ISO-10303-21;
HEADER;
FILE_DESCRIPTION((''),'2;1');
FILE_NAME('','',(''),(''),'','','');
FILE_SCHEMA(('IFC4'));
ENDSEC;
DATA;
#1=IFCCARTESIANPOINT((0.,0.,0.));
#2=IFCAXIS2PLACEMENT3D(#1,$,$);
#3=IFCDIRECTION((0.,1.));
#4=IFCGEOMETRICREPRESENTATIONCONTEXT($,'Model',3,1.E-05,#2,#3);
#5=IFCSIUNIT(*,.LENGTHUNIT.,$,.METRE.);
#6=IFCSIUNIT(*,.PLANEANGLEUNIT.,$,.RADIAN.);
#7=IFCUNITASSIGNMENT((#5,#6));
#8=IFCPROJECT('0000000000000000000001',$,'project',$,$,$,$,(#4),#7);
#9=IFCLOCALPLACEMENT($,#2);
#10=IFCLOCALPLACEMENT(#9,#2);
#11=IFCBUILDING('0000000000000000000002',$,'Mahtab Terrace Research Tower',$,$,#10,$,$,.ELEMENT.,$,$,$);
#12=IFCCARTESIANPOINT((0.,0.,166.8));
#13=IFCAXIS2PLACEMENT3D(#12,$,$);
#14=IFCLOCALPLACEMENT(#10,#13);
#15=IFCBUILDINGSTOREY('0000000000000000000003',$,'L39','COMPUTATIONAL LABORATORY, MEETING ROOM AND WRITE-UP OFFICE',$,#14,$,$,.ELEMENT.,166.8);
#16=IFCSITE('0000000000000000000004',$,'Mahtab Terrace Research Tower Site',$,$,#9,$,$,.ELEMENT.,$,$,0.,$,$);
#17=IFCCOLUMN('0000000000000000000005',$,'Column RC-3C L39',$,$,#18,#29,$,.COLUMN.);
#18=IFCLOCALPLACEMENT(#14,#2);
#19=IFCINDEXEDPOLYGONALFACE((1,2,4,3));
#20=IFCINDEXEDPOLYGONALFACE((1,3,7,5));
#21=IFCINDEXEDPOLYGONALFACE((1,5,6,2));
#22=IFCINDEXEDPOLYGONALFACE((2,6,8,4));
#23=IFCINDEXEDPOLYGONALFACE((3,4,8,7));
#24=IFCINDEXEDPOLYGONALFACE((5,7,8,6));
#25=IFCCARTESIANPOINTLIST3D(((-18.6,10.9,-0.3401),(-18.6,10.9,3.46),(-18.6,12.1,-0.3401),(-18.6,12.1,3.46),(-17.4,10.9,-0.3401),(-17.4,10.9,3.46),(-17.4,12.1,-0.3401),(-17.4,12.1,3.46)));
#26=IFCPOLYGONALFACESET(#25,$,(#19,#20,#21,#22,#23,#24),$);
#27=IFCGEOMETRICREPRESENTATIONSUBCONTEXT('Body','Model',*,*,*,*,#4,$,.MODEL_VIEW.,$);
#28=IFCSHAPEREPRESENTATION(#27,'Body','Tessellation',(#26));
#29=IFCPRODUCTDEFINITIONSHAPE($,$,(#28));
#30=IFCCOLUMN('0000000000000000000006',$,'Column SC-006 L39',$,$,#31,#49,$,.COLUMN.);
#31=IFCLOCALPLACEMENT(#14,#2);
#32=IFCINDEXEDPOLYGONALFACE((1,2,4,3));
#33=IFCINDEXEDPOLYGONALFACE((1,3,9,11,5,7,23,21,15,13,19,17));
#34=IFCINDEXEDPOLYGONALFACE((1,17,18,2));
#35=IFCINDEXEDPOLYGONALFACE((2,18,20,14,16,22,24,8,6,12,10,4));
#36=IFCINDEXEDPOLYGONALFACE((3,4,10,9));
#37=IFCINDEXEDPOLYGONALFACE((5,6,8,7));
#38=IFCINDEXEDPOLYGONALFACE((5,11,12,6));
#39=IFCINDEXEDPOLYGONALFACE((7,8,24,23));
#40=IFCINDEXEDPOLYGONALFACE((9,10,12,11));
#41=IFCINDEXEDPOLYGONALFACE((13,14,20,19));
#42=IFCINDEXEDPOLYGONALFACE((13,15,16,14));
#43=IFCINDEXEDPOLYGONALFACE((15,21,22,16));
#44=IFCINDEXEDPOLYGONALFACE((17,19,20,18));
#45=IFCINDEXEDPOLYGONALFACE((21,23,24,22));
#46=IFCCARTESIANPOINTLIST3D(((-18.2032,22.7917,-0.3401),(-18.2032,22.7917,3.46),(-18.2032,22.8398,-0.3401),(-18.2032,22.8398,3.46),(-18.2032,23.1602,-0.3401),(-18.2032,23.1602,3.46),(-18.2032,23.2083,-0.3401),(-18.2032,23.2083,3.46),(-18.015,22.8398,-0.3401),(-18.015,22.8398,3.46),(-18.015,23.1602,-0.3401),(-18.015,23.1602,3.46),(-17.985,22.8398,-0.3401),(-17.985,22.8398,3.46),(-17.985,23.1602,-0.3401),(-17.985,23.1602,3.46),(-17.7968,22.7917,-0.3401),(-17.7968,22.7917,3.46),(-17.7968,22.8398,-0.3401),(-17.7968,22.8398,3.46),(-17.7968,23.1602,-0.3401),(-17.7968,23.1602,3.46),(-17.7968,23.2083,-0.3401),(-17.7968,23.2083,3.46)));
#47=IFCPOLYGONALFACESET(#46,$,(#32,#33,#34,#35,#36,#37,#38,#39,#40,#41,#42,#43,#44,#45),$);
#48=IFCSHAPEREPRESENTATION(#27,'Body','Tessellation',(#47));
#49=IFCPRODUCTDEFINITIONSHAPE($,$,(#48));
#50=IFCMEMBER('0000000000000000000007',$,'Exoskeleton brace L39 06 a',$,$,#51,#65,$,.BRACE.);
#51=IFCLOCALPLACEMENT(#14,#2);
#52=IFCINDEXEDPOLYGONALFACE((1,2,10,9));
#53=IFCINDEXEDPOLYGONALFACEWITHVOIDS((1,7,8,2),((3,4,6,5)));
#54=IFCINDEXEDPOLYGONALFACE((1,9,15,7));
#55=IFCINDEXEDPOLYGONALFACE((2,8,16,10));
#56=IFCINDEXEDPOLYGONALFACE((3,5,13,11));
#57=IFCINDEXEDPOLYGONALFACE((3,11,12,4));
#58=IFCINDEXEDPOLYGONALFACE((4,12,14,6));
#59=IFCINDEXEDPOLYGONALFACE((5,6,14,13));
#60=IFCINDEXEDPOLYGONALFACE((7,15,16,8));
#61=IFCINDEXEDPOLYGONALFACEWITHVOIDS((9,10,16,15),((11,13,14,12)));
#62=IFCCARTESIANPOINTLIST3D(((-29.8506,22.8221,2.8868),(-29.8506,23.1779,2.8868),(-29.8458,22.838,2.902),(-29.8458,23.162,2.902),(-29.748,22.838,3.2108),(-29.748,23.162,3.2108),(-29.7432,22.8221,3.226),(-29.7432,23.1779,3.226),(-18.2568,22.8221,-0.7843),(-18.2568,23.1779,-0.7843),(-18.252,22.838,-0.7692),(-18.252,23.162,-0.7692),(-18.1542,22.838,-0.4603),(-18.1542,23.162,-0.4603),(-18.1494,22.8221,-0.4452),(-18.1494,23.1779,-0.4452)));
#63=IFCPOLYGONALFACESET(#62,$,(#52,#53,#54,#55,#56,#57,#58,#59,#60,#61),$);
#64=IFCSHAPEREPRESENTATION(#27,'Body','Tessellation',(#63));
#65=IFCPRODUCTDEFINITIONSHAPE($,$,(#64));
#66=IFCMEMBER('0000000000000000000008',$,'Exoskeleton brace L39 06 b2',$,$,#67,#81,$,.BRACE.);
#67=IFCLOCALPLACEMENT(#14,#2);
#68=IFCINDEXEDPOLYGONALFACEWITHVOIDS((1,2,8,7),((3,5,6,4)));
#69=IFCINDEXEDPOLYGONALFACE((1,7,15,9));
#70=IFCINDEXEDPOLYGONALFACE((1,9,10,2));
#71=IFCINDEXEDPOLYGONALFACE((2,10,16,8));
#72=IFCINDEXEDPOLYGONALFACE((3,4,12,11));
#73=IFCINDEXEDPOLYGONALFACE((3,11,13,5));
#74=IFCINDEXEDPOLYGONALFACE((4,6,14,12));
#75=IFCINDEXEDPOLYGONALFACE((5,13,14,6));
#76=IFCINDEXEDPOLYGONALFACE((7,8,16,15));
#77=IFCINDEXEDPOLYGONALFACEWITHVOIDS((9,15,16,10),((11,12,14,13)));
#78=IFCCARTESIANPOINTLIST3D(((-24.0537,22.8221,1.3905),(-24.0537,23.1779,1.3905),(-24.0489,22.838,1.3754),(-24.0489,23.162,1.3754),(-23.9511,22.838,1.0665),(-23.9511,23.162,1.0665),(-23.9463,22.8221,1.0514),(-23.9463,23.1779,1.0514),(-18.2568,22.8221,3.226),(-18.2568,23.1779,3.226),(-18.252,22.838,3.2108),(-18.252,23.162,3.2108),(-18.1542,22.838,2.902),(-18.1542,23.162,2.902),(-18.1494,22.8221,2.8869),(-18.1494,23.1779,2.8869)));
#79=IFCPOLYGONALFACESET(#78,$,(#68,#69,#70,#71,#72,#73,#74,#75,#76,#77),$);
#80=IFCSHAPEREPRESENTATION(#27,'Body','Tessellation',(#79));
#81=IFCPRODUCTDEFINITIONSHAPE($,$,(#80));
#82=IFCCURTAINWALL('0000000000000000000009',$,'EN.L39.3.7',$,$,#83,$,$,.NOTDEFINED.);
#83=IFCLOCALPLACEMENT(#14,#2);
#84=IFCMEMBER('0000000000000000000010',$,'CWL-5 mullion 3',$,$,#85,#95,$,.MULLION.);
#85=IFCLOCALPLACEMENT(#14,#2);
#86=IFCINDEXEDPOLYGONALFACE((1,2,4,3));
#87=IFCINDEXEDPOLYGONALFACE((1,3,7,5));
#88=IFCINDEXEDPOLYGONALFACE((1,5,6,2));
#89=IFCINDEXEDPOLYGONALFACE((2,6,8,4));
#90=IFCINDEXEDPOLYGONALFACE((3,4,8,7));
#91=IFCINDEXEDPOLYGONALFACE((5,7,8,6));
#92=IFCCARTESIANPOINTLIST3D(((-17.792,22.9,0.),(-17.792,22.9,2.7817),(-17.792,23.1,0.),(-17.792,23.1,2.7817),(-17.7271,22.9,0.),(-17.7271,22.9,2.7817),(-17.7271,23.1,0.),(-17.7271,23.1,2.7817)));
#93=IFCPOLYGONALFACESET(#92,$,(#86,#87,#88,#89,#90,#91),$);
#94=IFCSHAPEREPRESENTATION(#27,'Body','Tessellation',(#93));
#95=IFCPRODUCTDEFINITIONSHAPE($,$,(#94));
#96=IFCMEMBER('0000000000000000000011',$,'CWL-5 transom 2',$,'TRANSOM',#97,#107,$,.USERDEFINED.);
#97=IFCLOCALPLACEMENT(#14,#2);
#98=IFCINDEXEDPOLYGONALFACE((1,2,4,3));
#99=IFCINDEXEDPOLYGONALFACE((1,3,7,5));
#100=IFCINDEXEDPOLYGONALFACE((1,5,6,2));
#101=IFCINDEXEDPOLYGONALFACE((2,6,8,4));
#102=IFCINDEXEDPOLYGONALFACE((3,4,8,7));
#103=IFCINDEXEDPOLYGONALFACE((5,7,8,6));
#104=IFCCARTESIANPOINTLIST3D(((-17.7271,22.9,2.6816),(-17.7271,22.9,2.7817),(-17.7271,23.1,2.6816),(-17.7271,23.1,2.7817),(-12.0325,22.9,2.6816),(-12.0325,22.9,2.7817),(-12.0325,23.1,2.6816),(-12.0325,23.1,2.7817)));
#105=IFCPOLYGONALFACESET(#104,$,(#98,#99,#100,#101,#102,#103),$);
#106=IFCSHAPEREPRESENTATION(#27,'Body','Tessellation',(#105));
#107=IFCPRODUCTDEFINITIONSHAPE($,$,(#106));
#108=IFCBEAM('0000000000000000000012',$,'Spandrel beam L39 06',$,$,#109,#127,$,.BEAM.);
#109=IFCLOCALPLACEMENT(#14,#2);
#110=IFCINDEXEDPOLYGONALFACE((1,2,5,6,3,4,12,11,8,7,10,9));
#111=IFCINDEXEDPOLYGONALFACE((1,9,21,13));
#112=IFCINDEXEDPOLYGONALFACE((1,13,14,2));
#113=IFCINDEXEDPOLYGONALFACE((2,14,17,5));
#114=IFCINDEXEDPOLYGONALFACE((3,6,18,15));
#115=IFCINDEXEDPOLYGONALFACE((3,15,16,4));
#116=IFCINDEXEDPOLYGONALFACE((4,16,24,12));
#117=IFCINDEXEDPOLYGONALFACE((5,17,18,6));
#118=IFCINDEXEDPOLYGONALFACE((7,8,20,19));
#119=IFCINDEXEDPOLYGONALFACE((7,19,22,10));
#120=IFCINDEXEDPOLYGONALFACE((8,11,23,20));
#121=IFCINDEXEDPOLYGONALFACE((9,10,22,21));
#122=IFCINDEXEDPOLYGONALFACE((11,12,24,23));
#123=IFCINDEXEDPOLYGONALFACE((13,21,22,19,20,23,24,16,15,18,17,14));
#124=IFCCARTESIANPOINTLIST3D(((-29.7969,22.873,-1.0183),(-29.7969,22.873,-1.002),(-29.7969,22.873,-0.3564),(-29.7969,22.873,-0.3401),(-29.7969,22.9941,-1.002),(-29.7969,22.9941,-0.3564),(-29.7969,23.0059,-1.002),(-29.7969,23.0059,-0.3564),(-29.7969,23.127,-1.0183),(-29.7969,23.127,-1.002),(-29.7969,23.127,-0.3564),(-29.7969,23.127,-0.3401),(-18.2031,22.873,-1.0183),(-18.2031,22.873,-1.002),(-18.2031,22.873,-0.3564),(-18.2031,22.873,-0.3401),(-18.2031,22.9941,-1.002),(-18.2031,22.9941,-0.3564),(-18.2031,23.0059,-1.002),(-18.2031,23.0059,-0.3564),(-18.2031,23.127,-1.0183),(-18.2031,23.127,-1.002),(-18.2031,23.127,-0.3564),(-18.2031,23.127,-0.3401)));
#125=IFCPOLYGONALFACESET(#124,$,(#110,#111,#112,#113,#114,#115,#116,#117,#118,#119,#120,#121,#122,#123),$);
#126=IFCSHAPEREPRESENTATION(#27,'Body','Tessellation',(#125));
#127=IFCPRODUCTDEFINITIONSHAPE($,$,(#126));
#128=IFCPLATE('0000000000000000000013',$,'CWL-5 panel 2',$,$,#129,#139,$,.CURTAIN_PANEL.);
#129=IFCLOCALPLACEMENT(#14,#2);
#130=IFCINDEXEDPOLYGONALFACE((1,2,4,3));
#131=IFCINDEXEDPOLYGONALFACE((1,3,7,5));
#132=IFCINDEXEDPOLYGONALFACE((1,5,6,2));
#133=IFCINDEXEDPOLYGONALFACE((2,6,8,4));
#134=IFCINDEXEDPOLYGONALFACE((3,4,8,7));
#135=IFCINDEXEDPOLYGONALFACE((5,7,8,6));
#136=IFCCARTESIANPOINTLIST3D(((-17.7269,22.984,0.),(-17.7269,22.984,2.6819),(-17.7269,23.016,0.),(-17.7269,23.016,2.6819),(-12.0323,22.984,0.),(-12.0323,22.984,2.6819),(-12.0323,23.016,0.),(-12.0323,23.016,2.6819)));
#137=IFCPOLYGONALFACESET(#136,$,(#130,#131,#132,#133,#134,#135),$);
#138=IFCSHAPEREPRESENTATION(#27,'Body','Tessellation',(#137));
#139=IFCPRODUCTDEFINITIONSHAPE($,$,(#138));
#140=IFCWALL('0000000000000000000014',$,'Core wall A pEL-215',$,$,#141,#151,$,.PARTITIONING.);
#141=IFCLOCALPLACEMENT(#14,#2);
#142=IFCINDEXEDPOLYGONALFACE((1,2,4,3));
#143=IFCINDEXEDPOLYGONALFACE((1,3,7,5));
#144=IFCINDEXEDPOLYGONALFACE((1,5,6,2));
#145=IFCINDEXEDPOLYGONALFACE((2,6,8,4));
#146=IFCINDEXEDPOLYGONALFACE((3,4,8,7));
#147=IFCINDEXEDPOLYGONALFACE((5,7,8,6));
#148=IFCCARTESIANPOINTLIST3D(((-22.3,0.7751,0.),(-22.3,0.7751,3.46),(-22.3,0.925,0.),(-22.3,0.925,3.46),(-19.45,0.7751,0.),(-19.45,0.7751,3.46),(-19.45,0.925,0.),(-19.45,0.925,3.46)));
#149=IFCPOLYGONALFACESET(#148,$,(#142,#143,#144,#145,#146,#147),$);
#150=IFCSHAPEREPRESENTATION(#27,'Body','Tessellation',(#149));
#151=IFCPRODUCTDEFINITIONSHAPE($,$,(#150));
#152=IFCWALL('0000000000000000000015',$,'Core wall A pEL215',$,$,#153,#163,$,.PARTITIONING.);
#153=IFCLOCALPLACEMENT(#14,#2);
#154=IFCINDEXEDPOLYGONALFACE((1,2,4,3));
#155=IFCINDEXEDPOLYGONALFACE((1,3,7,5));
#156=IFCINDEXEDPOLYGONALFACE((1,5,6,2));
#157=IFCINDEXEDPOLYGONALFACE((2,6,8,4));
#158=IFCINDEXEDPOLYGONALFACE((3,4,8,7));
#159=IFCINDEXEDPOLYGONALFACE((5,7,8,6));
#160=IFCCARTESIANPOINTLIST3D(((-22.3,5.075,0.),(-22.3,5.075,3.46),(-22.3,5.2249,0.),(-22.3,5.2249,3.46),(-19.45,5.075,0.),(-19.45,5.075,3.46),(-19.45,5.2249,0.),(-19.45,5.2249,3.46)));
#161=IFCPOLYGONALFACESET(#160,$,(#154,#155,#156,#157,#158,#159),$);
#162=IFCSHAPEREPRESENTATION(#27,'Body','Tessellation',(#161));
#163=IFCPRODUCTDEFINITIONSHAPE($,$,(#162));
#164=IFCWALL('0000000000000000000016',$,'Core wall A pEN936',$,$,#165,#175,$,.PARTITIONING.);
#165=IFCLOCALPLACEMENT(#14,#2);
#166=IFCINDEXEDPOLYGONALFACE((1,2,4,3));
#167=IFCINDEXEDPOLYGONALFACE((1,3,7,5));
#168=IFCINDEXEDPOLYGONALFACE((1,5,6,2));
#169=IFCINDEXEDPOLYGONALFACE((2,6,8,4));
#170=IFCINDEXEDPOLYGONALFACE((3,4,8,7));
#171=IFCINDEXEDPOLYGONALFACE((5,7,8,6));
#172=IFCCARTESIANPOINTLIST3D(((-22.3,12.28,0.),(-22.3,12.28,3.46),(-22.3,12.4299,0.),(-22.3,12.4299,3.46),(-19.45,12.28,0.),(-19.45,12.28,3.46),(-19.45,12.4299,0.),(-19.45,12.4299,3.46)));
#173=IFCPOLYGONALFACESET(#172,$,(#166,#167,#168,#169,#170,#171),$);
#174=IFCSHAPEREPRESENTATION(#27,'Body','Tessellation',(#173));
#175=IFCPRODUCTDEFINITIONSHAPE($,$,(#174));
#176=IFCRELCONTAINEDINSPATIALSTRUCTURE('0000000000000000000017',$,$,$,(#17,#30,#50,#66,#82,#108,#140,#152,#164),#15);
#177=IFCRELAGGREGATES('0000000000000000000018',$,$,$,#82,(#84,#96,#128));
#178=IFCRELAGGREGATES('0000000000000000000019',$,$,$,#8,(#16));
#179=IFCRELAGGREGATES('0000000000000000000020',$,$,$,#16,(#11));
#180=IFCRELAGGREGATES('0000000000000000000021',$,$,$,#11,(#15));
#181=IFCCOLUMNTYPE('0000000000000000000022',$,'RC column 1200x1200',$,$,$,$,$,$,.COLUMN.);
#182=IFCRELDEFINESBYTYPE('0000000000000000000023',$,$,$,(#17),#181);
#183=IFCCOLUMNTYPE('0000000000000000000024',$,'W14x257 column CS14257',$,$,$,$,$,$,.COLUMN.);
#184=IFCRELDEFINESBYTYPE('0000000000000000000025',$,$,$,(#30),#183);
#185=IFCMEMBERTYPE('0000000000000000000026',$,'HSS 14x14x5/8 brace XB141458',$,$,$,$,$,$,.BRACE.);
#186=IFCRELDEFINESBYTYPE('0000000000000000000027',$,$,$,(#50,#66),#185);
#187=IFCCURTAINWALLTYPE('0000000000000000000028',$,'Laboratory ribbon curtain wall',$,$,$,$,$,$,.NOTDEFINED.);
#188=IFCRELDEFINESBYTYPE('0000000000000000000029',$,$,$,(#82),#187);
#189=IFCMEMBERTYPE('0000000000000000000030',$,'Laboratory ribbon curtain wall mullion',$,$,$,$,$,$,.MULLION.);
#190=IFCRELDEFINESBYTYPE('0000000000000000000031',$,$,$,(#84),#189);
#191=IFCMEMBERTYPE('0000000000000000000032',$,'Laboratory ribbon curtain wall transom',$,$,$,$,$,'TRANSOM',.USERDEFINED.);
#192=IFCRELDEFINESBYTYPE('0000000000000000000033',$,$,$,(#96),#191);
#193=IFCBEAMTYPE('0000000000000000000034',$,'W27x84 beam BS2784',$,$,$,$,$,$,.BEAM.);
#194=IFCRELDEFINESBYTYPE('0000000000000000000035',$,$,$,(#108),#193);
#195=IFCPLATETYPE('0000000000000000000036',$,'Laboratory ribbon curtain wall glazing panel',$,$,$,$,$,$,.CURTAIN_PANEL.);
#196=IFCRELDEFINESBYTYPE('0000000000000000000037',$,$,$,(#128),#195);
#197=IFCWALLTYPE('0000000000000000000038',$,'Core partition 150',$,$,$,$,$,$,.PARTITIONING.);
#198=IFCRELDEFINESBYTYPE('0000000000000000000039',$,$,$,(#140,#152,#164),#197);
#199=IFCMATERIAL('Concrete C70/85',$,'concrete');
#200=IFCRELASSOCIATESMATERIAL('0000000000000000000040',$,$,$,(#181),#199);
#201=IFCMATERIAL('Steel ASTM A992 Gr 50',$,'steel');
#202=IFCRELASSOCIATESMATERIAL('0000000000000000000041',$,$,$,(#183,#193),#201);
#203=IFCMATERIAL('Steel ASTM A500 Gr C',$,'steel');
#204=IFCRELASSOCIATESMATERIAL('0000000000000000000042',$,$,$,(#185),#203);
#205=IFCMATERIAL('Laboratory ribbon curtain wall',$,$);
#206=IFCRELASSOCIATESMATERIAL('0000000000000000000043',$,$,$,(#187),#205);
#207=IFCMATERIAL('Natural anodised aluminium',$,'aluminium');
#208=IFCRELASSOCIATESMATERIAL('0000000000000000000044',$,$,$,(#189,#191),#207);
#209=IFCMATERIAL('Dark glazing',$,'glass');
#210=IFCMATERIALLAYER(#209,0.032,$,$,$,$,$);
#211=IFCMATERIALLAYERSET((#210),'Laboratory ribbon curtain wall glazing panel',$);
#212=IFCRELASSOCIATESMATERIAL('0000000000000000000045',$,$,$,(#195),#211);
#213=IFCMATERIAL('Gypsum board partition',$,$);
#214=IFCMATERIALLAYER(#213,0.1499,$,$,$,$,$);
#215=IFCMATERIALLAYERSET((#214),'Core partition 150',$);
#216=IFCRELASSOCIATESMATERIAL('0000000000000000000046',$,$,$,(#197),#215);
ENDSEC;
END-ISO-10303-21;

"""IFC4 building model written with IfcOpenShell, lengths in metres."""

from ifc_helpers import new_model, si_unit, direction, frame, frame_2d, origin, origin_2d, place, context, subcontext, project, spatial, rectangle, hollow_rectangle, i_section, extrude, material, layer, layer_set, material_profile, profile_set, type_object, element, aggregate, save


model = new_model("IFC4")

# Units and contexts
model_context = context("Model", 3, precision=1e-05, world=origin(), true_north=direction((0.0, 1.0)))
body_context = subcontext(model_context, "Body", "Model", "MODEL_VIEW")
ifc_project = project(units=[si_unit("LENGTHUNIT", "METRE"), si_unit("PLANEANGLEUNIT", "RADIAN")], contexts=[model_context])

# Site, building, storey
site_placement = place(None, origin())
site = spatial("IfcSite", under=ifc_project, at=site_placement, Name="Mahtab Terrace Research Tower Site", CompositionType="ELEMENT", RefElevation=0.0)
building_placement = place(site_placement, origin())
building = spatial("IfcBuilding", under=site, at=building_placement, Name="Mahtab Terrace Research Tower", CompositionType="ELEMENT")
storey_placement = place(building_placement, frame((0.0, 0.0, 166.8)))
storey = spatial("IfcBuildingStorey", under=building, at=storey_placement, Name="L39", Description="COMPUTATIONAL LABORATORY, MEETING ROOM AND WRITE-UP OFFICE", CompositionType="ELEMENT", Elevation=166.8)

# Columns
ifc_material_1 = material(Name="Concrete C70/85", Category="concrete")
ifc_material_profile_1 = material_profile(ifc_material_1, rectangle(XDim=1.2, YDim=1.2, at=origin_2d()), Name="RC column 1200x1200")
ifc_profile_set_1 = profile_set([ifc_material_profile_1], Name="Concrete C70/85")
column_type_1 = type_object("IfcColumnType", Name="RC column 1200x1200", PredefinedType="COLUMN", material=ifc_profile_set_1)
column_1_placement = place(storey_placement, frame((-18.0, 11.5, -0.3401), z_axis=(0.0, 0.0, 1.0), x_axis=(1.0, 0.0, 0.0)))
element("IfcColumn", 1, at=column_1_placement, inside=storey, type_object=column_type_1, Name="Column RC-3C L39", PredefinedType="COLUMN", context=body_context, shape_type="SweptSolid", body=[
    extrude(rectangle(XDim=1.2, YDim=1.2, at=origin_2d()), origin(), (0.0, 0.0, 1.0), 3.8),
])
ifc_material_2 = material(Name="Steel ASTM A992 Gr 50", Category="steel")
ifc_material_profile_2 = material_profile(ifc_material_2, i_section(OverallWidth=0.4065, OverallDepth=0.4165, WebThickness=0.03, FlangeThickness=0.0481, at=origin_2d()), Name="W14X257")
ifc_profile_set_2 = profile_set([ifc_material_profile_2], Name="Steel ASTM A992 Gr 50")
column_type_2 = type_object("IfcColumnType", Name="W14x257 column CS14257", PredefinedType="COLUMN", material=ifc_profile_set_2)
column_2_placement = place(storey_placement, frame((-18.0, 23.0, -0.3401), z_axis=(0.0, 0.0, 1.0), x_axis=(1.0, 0.0, 0.0)))
element("IfcColumn", 2, at=column_2_placement, inside=storey, type_object=column_type_2, Name="Column SC-006 L39", PredefinedType="COLUMN", context=body_context, shape_type="SweptSolid", body=[
    extrude(i_section(OverallWidth=0.4065, OverallDepth=0.4165, WebThickness=0.03, FlangeThickness=0.0481, at=origin_2d()), origin(), (0.0, 0.0, 1.0), 3.8),
])

# Members
ifc_material_3 = material(Name="Steel ASTM A500 Gr C", Category="steel")
ifc_material_profile_3 = material_profile(ifc_material_3, hollow_rectangle(XDim=0.3557, YDim=0.3557, WallThickness=0.0159, at=origin_2d()), Name="HSS14X14X5/8")
ifc_profile_set_3 = profile_set([ifc_material_profile_3], Name="Steel ASTM A500 Gr C")
member_type_1 = type_object("IfcMemberType", Name="HSS 14x14x5/8 brace XB141458", PredefinedType="BRACE", material=ifc_profile_set_3)
member_1_placement = place(storey_placement, frame((-18.2031, 23.0, -0.6147), z_axis=(-0.953347, 0.0, 0.301876), x_axis=(0.0, -1.0, 0.0)))
element("IfcMember", 3, at=member_1_placement, inside=storey, type_object=member_type_1, Name="Exoskeleton brace L39 06 a", PredefinedType="BRACE", context=body_context, shape_type="SweptSolid", body=[
    extrude(hollow_rectangle(XDim=0.3557, YDim=0.3557, WallThickness=0.0159, at=origin_2d()), origin(), (0.0, 0.0, 1.0), 12.1611),
])
member_2_placement = place(storey_placement, frame((-24.0, 23.0, 1.2209), z_axis=(0.953353, 0.0, 0.301858), x_axis=(0.0, 1.0, 0.0)))
element("IfcMember", 4, at=member_2_placement, inside=storey, type_object=member_type_1, Name="Exoskeleton brace L39 06 b2", PredefinedType="BRACE", context=body_context, shape_type="SweptSolid", body=[
    extrude(hollow_rectangle(XDim=0.3557, YDim=0.3557, WallThickness=0.0159, at=origin_2d()), origin(), (0.0, 0.0, 1.0), 6.0806),
])

# Curtain wall, members
ifc_material_4 = material(Name="Laboratory ribbon curtain wall")
curtain_wall_type = type_object("IfcCurtainWallType", Name="Laboratory ribbon curtain wall", PredefinedType="NOTDEFINED", material=ifc_material_4)
curtain_wall_placement = place(storey_placement, origin())
curtain_wall = element("IfcCurtainWall", 5, at=curtain_wall_placement, inside=storey, type_object=curtain_wall_type, Name="EN.L39.3.7", PredefinedType="NOTDEFINED")
ifc_material_5 = material(Name="Natural anodised aluminium", Category="aluminium")
ifc_material_profile_4 = material_profile(ifc_material_5, rectangle(XDim=0.2, YDim=0.0649, at=origin_2d()), Name="MULLION 65x200")
ifc_profile_set_4 = profile_set([ifc_material_profile_4], Name="Natural anodised aluminium")
member_type_2 = type_object("IfcMemberType", Name="Laboratory ribbon curtain wall mullion", PredefinedType="MULLION", material=ifc_profile_set_4)
member_3_placement = place(storey_placement, frame((-17.7595, 23.0, 0.0), z_axis=(0.0, 0.0, 1.0), x_axis=(0.0, -1.0, 0.0)))
member_3 = element("IfcMember", 6, at=member_3_placement, type_object=member_type_2, Name="CWL-5 mullion 3", PredefinedType="MULLION", context=body_context, shape_type="SweptSolid", body=[
    extrude(rectangle(XDim=0.2, YDim=0.0649, at=origin_2d()), origin(), (0.0, 0.0, 1.0), 2.7817),
])
ifc_material_profile_5 = material_profile(ifc_material_5, rectangle(XDim=0.2, YDim=0.1001, at=origin_2d()), Name="TRANSOM 100x200")
ifc_profile_set_5 = profile_set([ifc_material_profile_5], Name="Natural anodised aluminium")
member_type_3 = type_object("IfcMemberType", Name="Laboratory ribbon curtain wall transom", ElementType="TRANSOM", PredefinedType="USERDEFINED", material=ifc_profile_set_5)
member_4_placement = place(storey_placement, frame((-12.0325, 23.0, 2.7317), z_axis=(-1.0, 0.0, 0.0), x_axis=(0.0, -1.0, 0.0)))
member_4 = element("IfcMember", 7, at=member_4_placement, type_object=member_type_3, Name="CWL-5 transom 2", ObjectType="TRANSOM", PredefinedType="USERDEFINED", context=body_context, shape_type="SweptSolid", body=[
    extrude(rectangle(XDim=0.2, YDim=0.1001, at=origin_2d()), origin(), (0.0, 0.0, 1.0), 5.6946),
])

# Beam
ifc_material_profile_6 = material_profile(ifc_material_2, i_section(OverallWidth=0.2539, OverallDepth=0.6782, WebThickness=0.0117, FlangeThickness=0.0164, at=origin_2d()), Name="W27X84")
ifc_profile_set_6 = profile_set([ifc_material_profile_6], Name="Steel ASTM A992 Gr 50")
beam_type = type_object("IfcBeamType", Name="W27x84 beam BS2784", PredefinedType="BEAM", material=ifc_profile_set_6)
beam_placement = place(storey_placement, frame((-18.2031, 23.0, -0.6792), z_axis=(-1.0, 0.0, 0.0), x_axis=(0.0, -1.0, 0.0)))
element("IfcBeam", 8, at=beam_placement, inside=storey, type_object=beam_type, Name="Spandrel beam L39 06", PredefinedType="BEAM", context=body_context, shape_type="SweptSolid", body=[
    extrude(i_section(OverallWidth=0.2539, OverallDepth=0.6782, WebThickness=0.0117, FlangeThickness=0.0164, at=origin_2d()), origin(), (0.0, 0.0, 1.0), 11.5938),
])

# Plate
ifc_material_6 = material(Name="Dark glazing", Category="glass")
ifc_layer_1 = layer(ifc_material_6, 0.032)
ifc_layer_set_1 = layer_set([ifc_layer_1], Name="Laboratory ribbon curtain wall glazing panel")
plate_type = type_object("IfcPlateType", Name="Laboratory ribbon curtain wall glazing panel", PredefinedType="CURTAIN_PANEL", material=ifc_layer_set_1)
plate_placement = place(storey_placement, frame((-14.8796, 23.0, 0.0), z_axis=(0.0, 0.0, 1.0), x_axis=(-1.0, 0.0, 0.0)))
plate = element("IfcPlate", 9, at=plate_placement, type_object=plate_type, Name="CWL-5 panel 2", PredefinedType="CURTAIN_PANEL", context=body_context, shape_type="SweptSolid", body=[
    extrude(rectangle(XDim=5.6946, YDim=0.032, at=origin_2d()), origin(), (0.0, 0.0, 1.0), 2.6819),
])
aggregate(curtain_wall, [member_3, member_4, plate])

# Walls
ifc_material_7 = material(Name="Gypsum board partition")
ifc_layer_2 = layer(ifc_material_7, 0.1499)
ifc_layer_set_2 = layer_set([ifc_layer_2], Name="Core partition 150")
wall_type_1 = type_object("IfcWallType", Name="Core partition 150", PredefinedType="PARTITIONING", material=ifc_layer_set_2)
for number, where, z_axis, x_axis, name in (
    (10, (-22.3, 0.8501, 0.0), (0.0, 0.0, 1.0), (1.0, 0.0, 0.0), "Core wall A pEL-215"),
    (11, (-22.3, 5.1499, 0.0), (0.0, 0.0, 1.0), (1.0, 0.0, 0.0), "Core wall A pEL215"),
    (12, (-22.3, 12.355, 0.0), (0.0, 0.0, 1.0), (1.0, 0.0, 0.0), "Core wall A pEN936"),
):
    element("IfcWall", number, at=place(storey_placement, frame(where, z_axis=z_axis, x_axis=x_axis)), inside=storey, type_object=wall_type_1, Name=name, PredefinedType="PARTITIONING", context=body_context, shape_type="SweptSolid", body=[
        extrude(rectangle(XDim=2.8501, YDim=0.1499, at=frame_2d((1.425, 0.0))), origin(), (0.0, 0.0, 1.0), 3.46),
    ])

save(model, "model.ifc")
